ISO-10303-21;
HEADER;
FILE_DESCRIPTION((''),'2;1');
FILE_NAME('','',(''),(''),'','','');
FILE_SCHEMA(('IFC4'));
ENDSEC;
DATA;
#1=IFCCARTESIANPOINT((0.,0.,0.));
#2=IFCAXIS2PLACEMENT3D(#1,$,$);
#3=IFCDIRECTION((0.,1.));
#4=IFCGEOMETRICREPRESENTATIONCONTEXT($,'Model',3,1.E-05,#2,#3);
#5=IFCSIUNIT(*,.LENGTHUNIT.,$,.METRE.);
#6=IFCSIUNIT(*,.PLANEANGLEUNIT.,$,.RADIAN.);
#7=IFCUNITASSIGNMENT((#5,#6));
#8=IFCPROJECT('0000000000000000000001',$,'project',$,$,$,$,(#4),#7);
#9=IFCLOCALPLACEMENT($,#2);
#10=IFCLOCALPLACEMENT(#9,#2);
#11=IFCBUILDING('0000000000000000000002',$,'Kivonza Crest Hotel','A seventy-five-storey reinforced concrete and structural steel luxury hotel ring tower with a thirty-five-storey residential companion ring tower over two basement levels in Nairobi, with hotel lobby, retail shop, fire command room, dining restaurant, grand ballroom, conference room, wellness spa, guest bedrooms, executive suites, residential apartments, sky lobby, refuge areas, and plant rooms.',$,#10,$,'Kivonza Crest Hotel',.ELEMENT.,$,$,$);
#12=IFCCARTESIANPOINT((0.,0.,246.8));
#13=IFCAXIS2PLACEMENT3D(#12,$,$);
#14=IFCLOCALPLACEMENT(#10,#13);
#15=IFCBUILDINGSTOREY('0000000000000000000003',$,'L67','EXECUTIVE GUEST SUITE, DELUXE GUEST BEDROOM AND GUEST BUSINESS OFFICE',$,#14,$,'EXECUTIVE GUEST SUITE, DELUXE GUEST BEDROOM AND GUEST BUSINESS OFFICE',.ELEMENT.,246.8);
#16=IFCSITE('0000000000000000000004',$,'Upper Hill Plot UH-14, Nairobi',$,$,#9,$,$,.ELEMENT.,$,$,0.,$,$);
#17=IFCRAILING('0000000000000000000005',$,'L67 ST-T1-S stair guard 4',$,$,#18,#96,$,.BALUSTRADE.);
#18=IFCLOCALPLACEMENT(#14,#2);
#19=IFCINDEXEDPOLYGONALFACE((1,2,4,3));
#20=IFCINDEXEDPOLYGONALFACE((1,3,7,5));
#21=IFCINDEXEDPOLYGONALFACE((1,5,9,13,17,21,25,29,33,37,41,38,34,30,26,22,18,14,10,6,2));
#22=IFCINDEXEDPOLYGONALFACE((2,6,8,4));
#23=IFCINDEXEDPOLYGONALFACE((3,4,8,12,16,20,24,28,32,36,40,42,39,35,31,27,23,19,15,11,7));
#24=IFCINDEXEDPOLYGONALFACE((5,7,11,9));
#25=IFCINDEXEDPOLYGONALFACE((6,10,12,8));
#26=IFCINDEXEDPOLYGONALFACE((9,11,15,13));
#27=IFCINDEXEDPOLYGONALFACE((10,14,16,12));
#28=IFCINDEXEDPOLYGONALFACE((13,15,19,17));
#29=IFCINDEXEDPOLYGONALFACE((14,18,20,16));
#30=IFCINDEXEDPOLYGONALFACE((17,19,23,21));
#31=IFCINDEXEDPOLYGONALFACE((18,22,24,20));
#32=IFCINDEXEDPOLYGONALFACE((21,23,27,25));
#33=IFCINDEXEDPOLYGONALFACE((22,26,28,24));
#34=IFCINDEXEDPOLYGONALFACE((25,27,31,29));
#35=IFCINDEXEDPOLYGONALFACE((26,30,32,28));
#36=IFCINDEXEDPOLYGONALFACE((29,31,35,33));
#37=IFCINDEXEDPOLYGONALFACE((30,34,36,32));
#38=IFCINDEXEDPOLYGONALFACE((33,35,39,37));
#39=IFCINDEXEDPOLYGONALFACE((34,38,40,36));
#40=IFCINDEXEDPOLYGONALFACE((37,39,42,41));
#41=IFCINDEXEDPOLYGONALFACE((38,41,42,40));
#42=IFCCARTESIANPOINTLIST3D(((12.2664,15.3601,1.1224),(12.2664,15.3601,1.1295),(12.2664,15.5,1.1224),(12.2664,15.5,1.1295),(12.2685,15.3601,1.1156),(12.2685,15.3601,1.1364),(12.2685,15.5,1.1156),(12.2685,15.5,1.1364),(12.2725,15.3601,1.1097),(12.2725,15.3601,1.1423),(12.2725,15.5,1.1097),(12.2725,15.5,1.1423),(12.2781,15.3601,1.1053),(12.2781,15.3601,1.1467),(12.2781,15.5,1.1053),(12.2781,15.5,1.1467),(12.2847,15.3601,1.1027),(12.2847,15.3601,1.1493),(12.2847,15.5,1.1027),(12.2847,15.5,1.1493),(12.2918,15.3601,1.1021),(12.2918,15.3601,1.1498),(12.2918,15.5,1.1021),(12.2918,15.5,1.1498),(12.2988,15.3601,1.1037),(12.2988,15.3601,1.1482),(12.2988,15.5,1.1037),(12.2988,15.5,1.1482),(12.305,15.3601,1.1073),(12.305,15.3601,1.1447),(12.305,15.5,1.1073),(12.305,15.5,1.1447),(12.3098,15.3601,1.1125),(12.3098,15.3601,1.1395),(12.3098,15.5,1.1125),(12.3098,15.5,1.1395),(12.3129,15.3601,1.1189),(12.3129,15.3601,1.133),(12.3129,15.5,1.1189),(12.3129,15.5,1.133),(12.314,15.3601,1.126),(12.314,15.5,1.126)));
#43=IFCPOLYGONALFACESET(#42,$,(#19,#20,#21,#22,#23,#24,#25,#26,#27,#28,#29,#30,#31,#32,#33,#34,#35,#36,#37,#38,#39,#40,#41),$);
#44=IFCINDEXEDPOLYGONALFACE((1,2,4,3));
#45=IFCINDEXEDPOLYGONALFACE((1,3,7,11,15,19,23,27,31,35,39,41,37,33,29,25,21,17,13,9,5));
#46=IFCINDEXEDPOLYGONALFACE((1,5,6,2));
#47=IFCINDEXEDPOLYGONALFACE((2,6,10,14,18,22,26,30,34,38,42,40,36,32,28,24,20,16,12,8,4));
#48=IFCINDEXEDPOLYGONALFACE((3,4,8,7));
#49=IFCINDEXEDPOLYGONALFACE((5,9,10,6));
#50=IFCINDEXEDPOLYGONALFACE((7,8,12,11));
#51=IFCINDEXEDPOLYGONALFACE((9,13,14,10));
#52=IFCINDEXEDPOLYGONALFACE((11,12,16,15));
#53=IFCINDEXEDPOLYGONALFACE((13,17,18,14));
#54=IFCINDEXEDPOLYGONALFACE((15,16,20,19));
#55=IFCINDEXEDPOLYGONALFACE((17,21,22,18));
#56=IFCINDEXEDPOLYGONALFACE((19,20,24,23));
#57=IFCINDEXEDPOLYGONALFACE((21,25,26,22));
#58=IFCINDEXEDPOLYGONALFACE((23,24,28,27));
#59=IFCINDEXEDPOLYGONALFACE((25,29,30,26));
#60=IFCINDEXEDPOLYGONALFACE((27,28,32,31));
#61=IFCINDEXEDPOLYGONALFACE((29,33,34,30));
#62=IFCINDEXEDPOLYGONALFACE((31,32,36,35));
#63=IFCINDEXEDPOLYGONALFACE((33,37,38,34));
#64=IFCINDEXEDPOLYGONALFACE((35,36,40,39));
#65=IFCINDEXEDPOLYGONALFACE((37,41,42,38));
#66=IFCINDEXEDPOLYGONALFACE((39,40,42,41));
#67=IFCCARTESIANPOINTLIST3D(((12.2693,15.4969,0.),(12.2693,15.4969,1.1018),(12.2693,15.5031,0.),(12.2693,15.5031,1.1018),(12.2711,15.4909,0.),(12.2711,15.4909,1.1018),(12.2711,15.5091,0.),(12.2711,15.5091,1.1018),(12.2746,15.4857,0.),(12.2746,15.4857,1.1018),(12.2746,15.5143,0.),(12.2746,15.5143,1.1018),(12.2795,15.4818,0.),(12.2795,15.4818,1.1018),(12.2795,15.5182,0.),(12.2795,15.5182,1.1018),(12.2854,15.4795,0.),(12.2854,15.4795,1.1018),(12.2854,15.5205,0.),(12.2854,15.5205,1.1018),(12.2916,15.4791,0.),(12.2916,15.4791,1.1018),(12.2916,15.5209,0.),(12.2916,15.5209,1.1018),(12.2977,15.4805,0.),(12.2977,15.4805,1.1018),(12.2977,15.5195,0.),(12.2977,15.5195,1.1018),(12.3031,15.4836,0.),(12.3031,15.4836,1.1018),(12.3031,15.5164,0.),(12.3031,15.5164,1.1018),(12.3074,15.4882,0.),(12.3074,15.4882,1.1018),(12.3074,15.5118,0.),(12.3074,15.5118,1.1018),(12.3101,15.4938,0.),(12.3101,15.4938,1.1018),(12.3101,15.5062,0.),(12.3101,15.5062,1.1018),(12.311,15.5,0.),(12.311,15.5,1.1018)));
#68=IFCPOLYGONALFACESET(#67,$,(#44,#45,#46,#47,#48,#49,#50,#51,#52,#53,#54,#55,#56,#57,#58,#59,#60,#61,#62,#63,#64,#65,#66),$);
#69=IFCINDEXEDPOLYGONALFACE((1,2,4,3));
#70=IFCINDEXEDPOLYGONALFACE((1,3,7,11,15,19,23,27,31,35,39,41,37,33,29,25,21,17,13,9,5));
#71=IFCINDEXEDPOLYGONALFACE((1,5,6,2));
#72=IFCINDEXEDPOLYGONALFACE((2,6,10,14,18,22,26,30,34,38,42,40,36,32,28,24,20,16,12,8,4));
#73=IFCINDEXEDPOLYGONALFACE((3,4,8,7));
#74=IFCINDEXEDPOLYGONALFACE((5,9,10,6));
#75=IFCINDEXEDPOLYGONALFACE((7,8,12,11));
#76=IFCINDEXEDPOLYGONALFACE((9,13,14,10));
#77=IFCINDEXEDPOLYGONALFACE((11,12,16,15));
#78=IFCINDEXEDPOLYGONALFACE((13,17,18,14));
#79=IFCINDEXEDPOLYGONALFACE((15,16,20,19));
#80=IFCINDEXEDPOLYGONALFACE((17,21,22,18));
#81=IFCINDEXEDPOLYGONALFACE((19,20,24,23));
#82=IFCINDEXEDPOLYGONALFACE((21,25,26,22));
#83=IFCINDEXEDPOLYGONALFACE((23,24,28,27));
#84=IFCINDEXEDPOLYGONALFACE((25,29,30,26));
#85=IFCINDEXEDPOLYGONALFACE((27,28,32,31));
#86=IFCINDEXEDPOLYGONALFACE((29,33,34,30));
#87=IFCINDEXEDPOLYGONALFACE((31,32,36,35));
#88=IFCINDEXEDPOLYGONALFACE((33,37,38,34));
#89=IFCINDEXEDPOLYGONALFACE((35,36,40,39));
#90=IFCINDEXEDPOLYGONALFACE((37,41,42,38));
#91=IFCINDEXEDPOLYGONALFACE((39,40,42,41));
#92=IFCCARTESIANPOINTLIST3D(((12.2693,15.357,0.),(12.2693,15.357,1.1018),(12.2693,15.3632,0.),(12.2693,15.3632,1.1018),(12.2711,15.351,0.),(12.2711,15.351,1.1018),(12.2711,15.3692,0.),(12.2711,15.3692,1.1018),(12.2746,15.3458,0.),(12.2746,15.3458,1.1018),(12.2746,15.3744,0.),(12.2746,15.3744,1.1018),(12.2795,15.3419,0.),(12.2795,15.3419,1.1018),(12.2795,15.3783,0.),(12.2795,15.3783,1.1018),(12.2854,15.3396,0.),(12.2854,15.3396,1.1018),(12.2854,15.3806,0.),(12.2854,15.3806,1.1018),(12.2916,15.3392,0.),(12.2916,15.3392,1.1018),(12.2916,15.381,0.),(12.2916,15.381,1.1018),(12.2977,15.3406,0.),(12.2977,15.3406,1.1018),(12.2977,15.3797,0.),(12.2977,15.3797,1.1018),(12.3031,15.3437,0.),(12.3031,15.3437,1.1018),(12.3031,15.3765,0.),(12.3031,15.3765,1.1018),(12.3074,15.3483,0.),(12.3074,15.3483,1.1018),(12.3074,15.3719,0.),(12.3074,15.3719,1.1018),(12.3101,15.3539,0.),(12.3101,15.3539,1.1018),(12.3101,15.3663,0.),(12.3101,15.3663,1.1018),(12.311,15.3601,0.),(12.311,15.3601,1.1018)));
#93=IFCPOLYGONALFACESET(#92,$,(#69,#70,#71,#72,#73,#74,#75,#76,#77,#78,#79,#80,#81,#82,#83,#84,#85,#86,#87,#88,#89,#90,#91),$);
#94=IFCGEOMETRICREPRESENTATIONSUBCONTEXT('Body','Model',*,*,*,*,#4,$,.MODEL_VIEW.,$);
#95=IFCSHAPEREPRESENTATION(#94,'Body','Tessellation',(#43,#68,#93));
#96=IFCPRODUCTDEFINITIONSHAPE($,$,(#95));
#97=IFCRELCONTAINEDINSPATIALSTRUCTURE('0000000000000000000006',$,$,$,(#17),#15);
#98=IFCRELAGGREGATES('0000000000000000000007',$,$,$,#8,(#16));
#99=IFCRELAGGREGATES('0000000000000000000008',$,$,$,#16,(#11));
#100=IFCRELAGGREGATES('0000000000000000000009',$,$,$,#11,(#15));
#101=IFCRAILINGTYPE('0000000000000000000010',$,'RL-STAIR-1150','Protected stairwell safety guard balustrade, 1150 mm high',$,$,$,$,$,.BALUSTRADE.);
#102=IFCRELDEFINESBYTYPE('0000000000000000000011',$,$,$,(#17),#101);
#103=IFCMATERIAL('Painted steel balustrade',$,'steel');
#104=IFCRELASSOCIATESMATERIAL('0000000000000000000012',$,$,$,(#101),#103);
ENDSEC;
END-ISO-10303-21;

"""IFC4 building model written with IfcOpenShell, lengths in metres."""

from ifc_helpers import new_model, si_unit, direction, frame, origin, origin_2d, place, context, subcontext, project, spatial, circle, extrude, material, type_object, element, save


model = new_model("IFC4")

# Units and contexts
model_context = context("Model", 3, precision=1e-05, world=origin(), true_north=direction((0.0, 1.0)))
body_context = subcontext(model_context, "Body", "Model", "MODEL_VIEW")
ifc_project = project(units=[si_unit("LENGTHUNIT", "METRE"), si_unit("PLANEANGLEUNIT", "RADIAN")], contexts=[model_context])

# Site, building, storey
site_placement = place(None, origin())
site = spatial("IfcSite", under=ifc_project, at=site_placement, Name="Upper Hill Plot UH-14, Nairobi", CompositionType="ELEMENT", RefElevation=0.0)
building_placement = place(site_placement, origin())
building = spatial("IfcBuilding", under=site, at=building_placement, Name="Kivonza Crest Hotel", Description="A seventy-five-storey reinforced concrete and structural steel luxury hotel ring tower with a thirty-five-storey residential companion ring tower over two basement levels in Nairobi, with hotel lobby, retail shop, fire command room, dining restaurant, grand ballroom, conference room, wellness spa, guest bedrooms, executive suites, residential apartments, sky lobby, refuge areas, and plant rooms.", LongName="Kivonza Crest Hotel", CompositionType="ELEMENT")
storey_placement = place(building_placement, frame((0.0, 0.0, 246.8)))
storey = spatial("IfcBuildingStorey", under=building, at=storey_placement, Name="L67", Description="EXECUTIVE GUEST SUITE, DELUXE GUEST BEDROOM AND GUEST BUSINESS OFFICE", LongName="EXECUTIVE GUEST SUITE, DELUXE GUEST BEDROOM AND GUEST BUSINESS OFFICE", CompositionType="ELEMENT", Elevation=246.8)

# Railing
ifc_material_1 = material(Name="Painted steel balustrade", Category="steel")
railing_type_1 = type_object("IfcRailingType", Name="RL-STAIR-1150", Description="Protected stairwell safety guard balustrade, 1150 mm high", PredefinedType="BALUSTRADE", material=ifc_material_1)
railing_1_placement = place(storey_placement, frame((12.29, 15.5, 0.0)))
element("IfcRailing", 1, at=railing_1_placement, inside=storey, type_object=railing_type_1, Name="L67 ST-T1-S stair guard 4", PredefinedType="BALUSTRADE", context=body_context, shape_type="SweptSolid", body=[
    extrude(circle(Radius=0.0239, at=origin_2d()), frame((0.0, 0.0, 1.126), z_axis=(0.0, -1.0, 0.0), x_axis=(1.0, 0.0, 0.0)), (0.0, 0.0, 1.0), 0.1399),
    extrude(circle(Radius=0.021, at=origin_2d()), origin(), (0.0, 0.0, 1.0), 1.1018),
    extrude(circle(Radius=0.021, at=origin_2d()), frame((0.0, -0.1399, 0.0)), (0.0, 0.0, 1.0), 1.1018),
])

save(model, "model.ifc")
